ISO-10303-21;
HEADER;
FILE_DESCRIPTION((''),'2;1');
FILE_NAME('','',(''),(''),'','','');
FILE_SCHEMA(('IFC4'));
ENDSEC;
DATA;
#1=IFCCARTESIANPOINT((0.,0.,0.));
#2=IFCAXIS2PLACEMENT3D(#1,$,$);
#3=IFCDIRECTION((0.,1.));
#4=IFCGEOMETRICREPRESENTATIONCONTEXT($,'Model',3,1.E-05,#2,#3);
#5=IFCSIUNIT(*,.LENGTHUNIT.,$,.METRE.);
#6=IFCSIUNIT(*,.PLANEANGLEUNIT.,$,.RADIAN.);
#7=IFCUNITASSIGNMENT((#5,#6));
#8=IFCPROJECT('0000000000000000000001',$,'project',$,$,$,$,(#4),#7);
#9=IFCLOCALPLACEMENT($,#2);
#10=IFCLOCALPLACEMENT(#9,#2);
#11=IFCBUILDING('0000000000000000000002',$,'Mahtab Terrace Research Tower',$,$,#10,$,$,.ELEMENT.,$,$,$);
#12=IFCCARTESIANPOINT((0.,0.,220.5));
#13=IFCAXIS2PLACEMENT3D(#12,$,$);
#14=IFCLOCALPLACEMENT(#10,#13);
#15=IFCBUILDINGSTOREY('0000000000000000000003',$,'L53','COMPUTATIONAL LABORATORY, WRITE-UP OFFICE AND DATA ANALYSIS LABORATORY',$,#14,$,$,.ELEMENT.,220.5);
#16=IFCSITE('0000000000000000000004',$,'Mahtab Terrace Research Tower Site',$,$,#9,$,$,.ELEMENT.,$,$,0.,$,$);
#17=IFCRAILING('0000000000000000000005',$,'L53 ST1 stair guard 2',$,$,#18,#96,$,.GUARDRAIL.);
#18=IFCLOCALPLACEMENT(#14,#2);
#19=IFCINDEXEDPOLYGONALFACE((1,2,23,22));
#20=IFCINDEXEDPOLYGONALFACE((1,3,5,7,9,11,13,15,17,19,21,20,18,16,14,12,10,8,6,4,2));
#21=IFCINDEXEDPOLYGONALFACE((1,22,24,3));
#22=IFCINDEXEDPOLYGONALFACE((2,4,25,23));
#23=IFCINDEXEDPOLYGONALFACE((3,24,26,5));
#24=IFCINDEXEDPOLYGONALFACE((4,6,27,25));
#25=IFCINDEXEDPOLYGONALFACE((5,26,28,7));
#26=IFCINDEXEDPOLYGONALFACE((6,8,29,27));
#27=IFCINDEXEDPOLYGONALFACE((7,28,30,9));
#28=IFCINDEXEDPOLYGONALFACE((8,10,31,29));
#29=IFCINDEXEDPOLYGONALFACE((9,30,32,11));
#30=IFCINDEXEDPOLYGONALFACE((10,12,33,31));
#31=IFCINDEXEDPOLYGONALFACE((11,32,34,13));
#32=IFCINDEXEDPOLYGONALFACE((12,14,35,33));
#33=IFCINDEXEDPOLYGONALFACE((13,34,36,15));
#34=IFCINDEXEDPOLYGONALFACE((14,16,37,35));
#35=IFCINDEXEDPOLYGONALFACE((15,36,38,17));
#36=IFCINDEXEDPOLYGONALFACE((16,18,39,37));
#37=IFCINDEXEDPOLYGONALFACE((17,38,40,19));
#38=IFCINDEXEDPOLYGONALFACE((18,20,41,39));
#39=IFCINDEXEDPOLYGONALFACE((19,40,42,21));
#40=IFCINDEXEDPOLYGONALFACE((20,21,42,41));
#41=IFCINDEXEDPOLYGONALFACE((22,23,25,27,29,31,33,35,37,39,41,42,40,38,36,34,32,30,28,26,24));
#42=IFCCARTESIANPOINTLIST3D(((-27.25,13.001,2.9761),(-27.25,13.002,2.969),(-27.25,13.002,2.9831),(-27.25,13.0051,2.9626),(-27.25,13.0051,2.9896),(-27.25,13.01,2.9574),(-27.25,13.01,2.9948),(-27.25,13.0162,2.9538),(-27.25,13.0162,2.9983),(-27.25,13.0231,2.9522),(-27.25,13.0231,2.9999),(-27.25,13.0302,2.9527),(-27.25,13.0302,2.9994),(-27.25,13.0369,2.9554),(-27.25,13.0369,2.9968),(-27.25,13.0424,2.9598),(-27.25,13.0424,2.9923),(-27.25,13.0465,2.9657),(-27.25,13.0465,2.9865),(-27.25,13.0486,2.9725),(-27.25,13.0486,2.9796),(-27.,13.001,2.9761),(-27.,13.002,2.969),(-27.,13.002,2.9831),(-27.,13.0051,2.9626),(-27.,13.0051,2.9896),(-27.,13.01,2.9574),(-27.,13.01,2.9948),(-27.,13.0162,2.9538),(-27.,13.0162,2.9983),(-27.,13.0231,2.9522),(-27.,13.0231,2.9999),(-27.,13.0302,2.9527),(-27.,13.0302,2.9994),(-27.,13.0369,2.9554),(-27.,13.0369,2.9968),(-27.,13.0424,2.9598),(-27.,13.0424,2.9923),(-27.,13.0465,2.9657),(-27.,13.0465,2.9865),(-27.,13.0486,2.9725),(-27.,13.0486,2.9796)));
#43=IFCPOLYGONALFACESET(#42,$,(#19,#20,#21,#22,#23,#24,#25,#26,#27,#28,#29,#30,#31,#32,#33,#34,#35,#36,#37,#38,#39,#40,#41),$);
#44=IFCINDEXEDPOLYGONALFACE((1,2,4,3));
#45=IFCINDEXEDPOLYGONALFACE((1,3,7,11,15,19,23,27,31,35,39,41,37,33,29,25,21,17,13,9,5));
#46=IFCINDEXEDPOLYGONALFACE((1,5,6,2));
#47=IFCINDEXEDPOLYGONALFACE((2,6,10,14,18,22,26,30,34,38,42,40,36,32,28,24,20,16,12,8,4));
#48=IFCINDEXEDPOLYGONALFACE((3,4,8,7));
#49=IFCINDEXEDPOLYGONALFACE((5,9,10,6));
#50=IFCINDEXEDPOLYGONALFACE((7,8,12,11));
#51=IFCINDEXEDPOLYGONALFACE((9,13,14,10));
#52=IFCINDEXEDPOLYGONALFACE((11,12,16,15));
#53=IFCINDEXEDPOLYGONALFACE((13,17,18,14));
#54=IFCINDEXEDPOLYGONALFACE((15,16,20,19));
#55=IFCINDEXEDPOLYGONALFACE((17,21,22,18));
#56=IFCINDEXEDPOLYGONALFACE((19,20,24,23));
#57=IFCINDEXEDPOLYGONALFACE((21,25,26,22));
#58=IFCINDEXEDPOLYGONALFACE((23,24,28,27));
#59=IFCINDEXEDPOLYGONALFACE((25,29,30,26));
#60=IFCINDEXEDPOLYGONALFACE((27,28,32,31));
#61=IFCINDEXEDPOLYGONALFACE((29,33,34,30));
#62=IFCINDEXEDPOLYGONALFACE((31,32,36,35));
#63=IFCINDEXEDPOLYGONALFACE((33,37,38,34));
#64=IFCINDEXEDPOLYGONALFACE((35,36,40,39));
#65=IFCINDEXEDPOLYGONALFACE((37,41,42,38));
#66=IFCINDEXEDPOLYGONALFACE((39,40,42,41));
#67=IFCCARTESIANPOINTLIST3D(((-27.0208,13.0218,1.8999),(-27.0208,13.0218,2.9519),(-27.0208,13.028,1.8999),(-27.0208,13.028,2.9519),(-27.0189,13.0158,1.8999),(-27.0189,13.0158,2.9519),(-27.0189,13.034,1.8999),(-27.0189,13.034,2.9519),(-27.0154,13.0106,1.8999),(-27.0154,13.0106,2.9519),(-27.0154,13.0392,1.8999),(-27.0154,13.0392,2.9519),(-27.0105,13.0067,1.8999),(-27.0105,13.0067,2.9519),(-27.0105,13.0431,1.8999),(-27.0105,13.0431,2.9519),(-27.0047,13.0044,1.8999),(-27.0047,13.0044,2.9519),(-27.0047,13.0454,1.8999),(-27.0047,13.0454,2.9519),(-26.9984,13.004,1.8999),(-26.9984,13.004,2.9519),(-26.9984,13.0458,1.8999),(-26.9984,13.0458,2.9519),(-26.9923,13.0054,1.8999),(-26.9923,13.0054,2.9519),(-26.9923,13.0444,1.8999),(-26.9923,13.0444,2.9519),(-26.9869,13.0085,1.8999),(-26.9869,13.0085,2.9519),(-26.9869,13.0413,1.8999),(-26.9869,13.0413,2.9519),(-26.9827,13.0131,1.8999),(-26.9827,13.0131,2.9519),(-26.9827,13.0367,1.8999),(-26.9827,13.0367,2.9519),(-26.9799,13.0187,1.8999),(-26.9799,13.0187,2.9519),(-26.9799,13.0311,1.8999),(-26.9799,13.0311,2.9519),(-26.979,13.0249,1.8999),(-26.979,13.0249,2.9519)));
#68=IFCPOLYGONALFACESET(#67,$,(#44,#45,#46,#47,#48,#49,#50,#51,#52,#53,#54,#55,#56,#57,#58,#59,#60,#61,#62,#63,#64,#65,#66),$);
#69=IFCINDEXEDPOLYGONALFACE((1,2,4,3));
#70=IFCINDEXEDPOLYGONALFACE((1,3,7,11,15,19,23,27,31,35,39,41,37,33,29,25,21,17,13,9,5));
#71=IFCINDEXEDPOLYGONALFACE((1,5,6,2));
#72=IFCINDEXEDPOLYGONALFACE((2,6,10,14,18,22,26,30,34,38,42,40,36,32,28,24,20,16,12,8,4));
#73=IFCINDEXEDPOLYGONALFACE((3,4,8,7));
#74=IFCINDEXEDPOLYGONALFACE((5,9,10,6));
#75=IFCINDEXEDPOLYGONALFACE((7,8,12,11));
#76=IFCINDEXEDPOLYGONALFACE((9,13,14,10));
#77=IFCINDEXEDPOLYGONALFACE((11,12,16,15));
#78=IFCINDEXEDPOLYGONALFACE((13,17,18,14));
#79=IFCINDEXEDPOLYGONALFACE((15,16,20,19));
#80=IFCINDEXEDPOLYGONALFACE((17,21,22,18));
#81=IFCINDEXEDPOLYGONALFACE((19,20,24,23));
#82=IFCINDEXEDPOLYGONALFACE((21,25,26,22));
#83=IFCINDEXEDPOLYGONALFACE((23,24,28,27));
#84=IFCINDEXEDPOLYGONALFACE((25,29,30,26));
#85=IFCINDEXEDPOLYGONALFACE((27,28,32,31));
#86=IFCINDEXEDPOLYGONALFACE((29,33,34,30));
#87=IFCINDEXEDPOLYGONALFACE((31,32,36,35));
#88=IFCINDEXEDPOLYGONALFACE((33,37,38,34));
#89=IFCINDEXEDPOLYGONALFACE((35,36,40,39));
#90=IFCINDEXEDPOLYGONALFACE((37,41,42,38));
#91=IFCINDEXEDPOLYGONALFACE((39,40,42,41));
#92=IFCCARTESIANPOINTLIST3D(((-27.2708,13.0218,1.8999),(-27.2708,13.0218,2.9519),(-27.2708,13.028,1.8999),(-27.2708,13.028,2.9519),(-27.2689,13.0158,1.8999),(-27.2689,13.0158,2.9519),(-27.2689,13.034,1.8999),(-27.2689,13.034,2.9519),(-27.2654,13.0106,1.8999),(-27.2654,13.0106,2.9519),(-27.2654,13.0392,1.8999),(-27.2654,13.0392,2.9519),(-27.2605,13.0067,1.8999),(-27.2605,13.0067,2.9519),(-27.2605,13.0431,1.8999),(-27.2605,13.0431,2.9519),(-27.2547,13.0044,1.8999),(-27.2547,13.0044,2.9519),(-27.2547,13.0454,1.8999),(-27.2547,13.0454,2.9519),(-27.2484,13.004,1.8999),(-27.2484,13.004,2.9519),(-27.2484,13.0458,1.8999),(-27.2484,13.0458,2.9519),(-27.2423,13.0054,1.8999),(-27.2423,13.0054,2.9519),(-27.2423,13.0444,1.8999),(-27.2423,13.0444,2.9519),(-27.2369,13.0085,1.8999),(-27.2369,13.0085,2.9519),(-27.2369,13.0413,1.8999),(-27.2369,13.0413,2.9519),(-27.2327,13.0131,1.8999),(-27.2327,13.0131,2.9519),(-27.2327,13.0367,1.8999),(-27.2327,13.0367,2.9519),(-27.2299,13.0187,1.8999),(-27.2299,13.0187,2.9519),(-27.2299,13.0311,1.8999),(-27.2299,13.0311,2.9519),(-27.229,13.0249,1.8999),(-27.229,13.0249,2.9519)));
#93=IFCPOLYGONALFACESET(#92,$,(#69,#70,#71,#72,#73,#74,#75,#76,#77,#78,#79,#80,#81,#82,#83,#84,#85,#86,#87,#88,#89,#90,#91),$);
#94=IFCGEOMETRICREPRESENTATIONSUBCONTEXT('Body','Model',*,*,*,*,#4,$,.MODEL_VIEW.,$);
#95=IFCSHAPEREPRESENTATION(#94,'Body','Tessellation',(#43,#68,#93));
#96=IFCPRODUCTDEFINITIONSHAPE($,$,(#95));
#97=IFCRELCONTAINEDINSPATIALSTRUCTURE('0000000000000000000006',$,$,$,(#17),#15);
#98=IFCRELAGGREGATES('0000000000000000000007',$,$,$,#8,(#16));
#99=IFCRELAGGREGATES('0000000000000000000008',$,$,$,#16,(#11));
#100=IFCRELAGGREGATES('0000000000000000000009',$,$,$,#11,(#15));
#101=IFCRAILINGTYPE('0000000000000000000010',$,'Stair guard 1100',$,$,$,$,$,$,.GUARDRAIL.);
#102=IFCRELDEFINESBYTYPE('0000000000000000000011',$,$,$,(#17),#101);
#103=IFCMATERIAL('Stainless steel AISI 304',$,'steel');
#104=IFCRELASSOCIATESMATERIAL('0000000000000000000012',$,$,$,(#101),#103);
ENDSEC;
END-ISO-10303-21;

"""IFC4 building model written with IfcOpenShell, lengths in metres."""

from ifc_helpers import new_model, si_unit, direction, frame, origin, origin_2d, place, context, subcontext, project, spatial, circle, extrude, material, type_object, element, save


model = new_model("IFC4")

# Units and contexts
model_context = context("Model", 3, precision=1e-05, world=origin(), true_north=direction((0.0, 1.0)))
body_context = subcontext(model_context, "Body", "Model", "MODEL_VIEW")
ifc_project = project(units=[si_unit("LENGTHUNIT", "METRE"), si_unit("PLANEANGLEUNIT", "RADIAN")], contexts=[model_context])

# Site, building, storey
site_placement = place(None, origin())
site = spatial("IfcSite", under=ifc_project, at=site_placement, Name="Mahtab Terrace Research Tower Site", CompositionType="ELEMENT", RefElevation=0.0)
building_placement = place(site_placement, origin())
building = spatial("IfcBuilding", under=site, at=building_placement, Name="Mahtab Terrace Research Tower", CompositionType="ELEMENT")
storey_placement = place(building_placement, frame((0.0, 0.0, 220.5)))
storey = spatial("IfcBuildingStorey", under=building, at=storey_placement, Name="L53", Description="COMPUTATIONAL LABORATORY, WRITE-UP OFFICE AND DATA ANALYSIS LABORATORY", CompositionType="ELEMENT", Elevation=220.5)

# Railing
ifc_material_1 = material(Name="Stainless steel AISI 304", Category="steel")
railing_type_1 = type_object("IfcRailingType", Name="Stair guard 1100", PredefinedType="GUARDRAIL", material=ifc_material_1)
railing_1_placement = place(storey_placement, frame((-27.0, 13.0249, 1.8999)))
element("IfcRailing", 1, at=railing_1_placement, inside=storey, type_object=railing_type_1, Name="L53 ST1 stair guard 2", PredefinedType="GUARDRAIL", context=body_context, shape_type="SweptSolid", body=[
    extrude(circle(Radius=0.0239, at=origin_2d()), frame((0.0, 0.0, 1.0762), z_axis=(-1.0, 0.0, 0.0), x_axis=(0.0, -1.0, 0.0)), (0.0, 0.0, 1.0), 0.25),
    extrude(circle(Radius=0.021, at=origin_2d()), origin(), (0.0, 0.0, 1.0), 1.052),
    extrude(circle(Radius=0.021, at=origin_2d()), frame((-0.25, 0.0, 0.0)), (0.0, 0.0, 1.0), 1.052),
])

save(model, "model.ifc")
